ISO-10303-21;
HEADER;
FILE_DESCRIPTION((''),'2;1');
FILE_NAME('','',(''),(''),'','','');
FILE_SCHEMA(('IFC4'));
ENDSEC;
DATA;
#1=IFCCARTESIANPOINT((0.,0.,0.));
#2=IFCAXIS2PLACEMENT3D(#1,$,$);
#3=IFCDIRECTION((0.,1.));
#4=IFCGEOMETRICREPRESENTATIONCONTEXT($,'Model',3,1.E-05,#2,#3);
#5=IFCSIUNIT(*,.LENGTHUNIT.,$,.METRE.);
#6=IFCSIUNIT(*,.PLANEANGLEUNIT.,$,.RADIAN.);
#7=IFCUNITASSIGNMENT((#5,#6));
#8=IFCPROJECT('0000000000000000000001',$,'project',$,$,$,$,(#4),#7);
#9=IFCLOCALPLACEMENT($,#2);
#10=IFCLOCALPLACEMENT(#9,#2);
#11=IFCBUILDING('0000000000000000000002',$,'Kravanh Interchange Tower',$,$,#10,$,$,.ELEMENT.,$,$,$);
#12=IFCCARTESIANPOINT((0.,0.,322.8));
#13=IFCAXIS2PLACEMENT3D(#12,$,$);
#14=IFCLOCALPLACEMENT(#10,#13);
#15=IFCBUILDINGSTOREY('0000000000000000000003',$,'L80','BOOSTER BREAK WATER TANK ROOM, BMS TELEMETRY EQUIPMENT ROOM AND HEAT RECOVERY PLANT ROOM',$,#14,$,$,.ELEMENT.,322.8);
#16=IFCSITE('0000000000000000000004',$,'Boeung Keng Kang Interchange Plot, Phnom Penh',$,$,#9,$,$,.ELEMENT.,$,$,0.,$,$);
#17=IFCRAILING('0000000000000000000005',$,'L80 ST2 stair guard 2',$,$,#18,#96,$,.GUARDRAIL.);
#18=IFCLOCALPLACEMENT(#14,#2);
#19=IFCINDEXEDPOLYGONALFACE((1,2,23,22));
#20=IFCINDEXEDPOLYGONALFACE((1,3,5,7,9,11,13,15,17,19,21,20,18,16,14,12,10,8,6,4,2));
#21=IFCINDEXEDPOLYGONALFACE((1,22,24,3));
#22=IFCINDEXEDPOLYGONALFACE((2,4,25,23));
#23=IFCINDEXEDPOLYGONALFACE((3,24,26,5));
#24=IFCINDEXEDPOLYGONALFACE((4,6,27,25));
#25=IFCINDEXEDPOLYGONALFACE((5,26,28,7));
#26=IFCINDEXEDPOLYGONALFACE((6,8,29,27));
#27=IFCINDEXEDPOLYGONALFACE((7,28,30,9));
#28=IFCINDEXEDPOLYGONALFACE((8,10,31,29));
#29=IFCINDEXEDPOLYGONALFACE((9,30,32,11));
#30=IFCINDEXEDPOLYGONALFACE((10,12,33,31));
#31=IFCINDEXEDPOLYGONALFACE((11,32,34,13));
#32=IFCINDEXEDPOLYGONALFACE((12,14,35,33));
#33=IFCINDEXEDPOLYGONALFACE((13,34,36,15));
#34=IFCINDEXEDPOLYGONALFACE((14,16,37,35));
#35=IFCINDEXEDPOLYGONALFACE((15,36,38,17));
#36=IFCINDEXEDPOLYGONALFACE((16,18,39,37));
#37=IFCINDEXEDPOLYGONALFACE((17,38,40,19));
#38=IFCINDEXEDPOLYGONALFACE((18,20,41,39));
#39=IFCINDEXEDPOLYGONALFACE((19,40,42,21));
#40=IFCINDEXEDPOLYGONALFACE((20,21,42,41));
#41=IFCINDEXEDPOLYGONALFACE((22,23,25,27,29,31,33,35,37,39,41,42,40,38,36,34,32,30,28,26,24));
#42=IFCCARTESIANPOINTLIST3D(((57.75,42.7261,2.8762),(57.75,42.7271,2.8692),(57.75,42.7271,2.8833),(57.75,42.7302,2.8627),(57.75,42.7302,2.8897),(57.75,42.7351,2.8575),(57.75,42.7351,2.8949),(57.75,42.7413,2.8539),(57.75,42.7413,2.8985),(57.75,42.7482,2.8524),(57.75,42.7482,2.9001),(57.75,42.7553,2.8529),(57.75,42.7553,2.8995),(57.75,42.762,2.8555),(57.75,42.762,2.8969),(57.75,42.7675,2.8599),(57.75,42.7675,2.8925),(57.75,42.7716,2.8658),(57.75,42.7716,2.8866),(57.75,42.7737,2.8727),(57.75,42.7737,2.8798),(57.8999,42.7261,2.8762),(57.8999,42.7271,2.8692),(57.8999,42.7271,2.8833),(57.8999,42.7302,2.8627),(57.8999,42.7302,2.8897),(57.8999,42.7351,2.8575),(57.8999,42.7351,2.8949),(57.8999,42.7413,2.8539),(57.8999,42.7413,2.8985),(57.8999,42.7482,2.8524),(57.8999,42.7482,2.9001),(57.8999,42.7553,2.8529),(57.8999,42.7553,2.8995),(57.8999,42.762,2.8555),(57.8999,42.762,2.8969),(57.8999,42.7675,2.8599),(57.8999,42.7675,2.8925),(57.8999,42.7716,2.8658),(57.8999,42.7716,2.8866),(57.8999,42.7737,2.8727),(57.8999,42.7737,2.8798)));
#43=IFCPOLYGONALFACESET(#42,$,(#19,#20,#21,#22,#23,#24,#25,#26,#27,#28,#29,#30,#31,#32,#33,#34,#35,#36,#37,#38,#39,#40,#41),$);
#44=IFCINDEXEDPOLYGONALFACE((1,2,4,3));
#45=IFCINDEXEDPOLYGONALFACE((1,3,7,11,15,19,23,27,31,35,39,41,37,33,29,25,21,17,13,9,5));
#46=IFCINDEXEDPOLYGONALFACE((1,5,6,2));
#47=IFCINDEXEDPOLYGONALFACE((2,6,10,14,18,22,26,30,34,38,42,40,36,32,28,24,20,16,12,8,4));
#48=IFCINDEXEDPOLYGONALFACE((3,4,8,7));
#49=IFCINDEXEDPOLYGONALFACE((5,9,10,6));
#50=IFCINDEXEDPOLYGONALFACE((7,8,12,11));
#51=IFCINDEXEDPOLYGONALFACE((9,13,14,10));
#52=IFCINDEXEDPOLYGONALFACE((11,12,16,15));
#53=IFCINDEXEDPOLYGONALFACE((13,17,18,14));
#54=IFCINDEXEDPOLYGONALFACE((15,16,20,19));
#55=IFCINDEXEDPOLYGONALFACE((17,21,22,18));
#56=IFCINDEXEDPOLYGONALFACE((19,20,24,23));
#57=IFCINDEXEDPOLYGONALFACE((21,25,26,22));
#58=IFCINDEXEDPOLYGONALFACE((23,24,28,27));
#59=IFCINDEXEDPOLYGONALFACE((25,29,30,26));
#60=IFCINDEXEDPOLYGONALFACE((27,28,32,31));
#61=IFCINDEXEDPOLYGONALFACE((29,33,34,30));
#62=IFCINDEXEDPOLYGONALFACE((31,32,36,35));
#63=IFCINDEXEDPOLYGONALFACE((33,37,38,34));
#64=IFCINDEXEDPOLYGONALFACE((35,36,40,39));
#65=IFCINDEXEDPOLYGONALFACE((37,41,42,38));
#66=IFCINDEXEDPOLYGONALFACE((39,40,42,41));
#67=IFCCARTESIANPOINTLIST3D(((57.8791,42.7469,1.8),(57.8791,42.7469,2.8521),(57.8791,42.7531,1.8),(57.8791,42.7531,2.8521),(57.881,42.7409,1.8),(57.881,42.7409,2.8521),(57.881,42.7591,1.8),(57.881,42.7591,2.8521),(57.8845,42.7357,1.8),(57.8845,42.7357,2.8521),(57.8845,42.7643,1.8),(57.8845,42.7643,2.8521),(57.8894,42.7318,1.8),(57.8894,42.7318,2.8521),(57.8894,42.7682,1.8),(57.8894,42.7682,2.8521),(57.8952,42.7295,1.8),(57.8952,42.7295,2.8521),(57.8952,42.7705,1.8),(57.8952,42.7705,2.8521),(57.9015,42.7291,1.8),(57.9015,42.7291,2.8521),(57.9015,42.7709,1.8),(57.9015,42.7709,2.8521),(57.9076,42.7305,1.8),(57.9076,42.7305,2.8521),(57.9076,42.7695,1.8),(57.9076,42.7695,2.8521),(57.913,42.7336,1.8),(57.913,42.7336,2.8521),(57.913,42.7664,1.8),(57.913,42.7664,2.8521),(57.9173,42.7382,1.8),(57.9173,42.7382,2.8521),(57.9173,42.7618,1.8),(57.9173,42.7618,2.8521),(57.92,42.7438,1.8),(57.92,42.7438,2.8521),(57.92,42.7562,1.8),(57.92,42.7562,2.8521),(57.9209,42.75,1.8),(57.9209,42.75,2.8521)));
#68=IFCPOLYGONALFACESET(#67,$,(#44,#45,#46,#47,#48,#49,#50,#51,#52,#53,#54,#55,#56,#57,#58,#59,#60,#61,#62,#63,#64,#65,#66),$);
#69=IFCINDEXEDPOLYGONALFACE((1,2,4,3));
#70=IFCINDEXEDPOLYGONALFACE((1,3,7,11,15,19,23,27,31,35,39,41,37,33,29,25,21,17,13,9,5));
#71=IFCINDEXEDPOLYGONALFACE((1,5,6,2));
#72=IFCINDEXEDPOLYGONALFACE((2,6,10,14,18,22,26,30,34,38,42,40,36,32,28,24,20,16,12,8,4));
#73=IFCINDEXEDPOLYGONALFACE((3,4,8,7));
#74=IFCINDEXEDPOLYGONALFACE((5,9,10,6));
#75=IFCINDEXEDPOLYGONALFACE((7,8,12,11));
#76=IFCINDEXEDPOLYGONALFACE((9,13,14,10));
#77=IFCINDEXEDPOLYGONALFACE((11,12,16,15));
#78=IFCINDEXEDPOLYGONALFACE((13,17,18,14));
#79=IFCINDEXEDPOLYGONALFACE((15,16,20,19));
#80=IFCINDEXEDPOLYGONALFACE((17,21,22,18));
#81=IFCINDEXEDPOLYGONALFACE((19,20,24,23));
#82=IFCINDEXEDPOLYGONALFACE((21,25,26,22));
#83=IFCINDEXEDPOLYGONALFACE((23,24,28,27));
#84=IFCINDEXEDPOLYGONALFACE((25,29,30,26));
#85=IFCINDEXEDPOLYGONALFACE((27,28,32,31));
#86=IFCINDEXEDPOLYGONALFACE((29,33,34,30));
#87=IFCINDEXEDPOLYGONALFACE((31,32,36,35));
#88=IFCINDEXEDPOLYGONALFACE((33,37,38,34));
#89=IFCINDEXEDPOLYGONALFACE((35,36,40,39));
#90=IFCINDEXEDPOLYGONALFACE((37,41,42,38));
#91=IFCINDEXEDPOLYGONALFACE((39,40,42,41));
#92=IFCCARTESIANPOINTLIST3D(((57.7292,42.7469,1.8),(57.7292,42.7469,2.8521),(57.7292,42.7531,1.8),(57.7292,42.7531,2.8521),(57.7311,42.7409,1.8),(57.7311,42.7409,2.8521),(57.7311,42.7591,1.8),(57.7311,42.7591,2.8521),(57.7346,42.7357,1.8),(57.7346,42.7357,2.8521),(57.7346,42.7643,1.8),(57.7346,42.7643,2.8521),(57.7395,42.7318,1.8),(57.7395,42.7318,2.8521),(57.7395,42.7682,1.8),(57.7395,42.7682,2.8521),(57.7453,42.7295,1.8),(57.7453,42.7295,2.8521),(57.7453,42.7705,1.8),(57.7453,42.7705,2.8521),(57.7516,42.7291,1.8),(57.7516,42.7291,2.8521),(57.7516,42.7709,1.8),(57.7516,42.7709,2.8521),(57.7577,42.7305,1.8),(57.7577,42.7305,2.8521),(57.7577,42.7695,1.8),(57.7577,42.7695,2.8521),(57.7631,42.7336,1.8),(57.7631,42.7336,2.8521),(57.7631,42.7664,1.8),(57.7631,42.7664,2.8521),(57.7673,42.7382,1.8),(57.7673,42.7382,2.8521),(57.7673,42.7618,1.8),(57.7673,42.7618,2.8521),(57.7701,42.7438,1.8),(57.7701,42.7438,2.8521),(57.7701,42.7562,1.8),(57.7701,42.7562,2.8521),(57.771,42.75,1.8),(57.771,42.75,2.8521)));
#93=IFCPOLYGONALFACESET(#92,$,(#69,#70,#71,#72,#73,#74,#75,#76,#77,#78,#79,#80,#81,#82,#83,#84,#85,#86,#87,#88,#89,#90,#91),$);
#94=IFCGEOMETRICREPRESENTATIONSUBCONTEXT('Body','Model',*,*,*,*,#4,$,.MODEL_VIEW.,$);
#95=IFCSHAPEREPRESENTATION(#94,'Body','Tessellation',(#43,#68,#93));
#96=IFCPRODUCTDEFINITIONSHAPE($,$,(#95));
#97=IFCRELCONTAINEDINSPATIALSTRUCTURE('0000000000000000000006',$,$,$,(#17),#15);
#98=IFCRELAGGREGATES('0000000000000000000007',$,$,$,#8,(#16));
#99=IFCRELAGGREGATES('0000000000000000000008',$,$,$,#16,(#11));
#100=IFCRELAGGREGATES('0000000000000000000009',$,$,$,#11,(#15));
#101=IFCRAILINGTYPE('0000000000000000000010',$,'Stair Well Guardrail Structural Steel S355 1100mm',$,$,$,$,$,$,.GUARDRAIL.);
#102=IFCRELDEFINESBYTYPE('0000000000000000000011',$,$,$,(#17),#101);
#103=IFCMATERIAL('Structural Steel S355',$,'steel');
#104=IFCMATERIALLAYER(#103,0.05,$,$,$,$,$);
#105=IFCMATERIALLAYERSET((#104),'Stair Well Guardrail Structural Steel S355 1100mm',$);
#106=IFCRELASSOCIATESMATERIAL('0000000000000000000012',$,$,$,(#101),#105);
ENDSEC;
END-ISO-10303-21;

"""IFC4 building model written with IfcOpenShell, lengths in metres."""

from ifc_helpers import new_model, si_unit, direction, frame, origin, origin_2d, place, context, subcontext, project, spatial, circle, extrude, material, layer, layer_set, type_object, element, save


model = new_model("IFC4")

# Units and contexts
model_context = context("Model", 3, precision=1e-05, world=origin(), true_north=direction((0.0, 1.0)))
body_context = subcontext(model_context, "Body", "Model", "MODEL_VIEW")
ifc_project = project(units=[si_unit("LENGTHUNIT", "METRE"), si_unit("PLANEANGLEUNIT", "RADIAN")], contexts=[model_context])

# Site, building, storey
site_placement = place(None, origin())
site = spatial("IfcSite", under=ifc_project, at=site_placement, Name="Boeung Keng Kang Interchange Plot, Phnom Penh", CompositionType="ELEMENT", RefElevation=0.0)
building_placement = place(site_placement, origin())
building = spatial("IfcBuilding", under=site, at=building_placement, Name="Kravanh Interchange Tower", CompositionType="ELEMENT")
storey_placement = place(building_placement, frame((0.0, 0.0, 322.8)))
storey = spatial("IfcBuildingStorey", under=building, at=storey_placement, Name="L80", Description="BOOSTER BREAK WATER TANK ROOM, BMS TELEMETRY EQUIPMENT ROOM AND HEAT RECOVERY PLANT ROOM", CompositionType="ELEMENT", Elevation=322.8)

# Railing
ifc_material_1 = material(Name="Structural Steel S355", Category="steel")
ifc_layer_1 = layer(ifc_material_1, 0.05)
ifc_layer_set_1 = layer_set([ifc_layer_1], Name="Stair Well Guardrail Structural Steel S355 1100mm")
railing_type_1 = type_object("IfcRailingType", Name="Stair Well Guardrail Structural Steel S355 1100mm", PredefinedType="GUARDRAIL", material=ifc_layer_set_1)
railing_1_placement = place(storey_placement, frame((57.8999, 42.75, 1.8)))
element("IfcRailing", 1, at=railing_1_placement, inside=storey, type_object=railing_type_1, Name="L80 ST2 stair guard 2", PredefinedType="GUARDRAIL", context=body_context, shape_type="SweptSolid", body=[
    extrude(circle(Radius=0.0239, at=origin_2d()), frame((0.0, 0.0, 1.0762), z_axis=(-1.0, 0.0, 0.0), x_axis=(0.0, -1.0, 0.0)), (0.0, 0.0, 1.0), 0.1499),
    extrude(circle(Radius=0.021, at=origin_2d()), origin(), (0.0, 0.0, 1.0), 1.052),
    extrude(circle(Radius=0.021, at=origin_2d()), frame((-0.1499, 0.0, 0.0)), (0.0, 0.0, 1.0), 1.052),
])

save(model, "model.ifc")
